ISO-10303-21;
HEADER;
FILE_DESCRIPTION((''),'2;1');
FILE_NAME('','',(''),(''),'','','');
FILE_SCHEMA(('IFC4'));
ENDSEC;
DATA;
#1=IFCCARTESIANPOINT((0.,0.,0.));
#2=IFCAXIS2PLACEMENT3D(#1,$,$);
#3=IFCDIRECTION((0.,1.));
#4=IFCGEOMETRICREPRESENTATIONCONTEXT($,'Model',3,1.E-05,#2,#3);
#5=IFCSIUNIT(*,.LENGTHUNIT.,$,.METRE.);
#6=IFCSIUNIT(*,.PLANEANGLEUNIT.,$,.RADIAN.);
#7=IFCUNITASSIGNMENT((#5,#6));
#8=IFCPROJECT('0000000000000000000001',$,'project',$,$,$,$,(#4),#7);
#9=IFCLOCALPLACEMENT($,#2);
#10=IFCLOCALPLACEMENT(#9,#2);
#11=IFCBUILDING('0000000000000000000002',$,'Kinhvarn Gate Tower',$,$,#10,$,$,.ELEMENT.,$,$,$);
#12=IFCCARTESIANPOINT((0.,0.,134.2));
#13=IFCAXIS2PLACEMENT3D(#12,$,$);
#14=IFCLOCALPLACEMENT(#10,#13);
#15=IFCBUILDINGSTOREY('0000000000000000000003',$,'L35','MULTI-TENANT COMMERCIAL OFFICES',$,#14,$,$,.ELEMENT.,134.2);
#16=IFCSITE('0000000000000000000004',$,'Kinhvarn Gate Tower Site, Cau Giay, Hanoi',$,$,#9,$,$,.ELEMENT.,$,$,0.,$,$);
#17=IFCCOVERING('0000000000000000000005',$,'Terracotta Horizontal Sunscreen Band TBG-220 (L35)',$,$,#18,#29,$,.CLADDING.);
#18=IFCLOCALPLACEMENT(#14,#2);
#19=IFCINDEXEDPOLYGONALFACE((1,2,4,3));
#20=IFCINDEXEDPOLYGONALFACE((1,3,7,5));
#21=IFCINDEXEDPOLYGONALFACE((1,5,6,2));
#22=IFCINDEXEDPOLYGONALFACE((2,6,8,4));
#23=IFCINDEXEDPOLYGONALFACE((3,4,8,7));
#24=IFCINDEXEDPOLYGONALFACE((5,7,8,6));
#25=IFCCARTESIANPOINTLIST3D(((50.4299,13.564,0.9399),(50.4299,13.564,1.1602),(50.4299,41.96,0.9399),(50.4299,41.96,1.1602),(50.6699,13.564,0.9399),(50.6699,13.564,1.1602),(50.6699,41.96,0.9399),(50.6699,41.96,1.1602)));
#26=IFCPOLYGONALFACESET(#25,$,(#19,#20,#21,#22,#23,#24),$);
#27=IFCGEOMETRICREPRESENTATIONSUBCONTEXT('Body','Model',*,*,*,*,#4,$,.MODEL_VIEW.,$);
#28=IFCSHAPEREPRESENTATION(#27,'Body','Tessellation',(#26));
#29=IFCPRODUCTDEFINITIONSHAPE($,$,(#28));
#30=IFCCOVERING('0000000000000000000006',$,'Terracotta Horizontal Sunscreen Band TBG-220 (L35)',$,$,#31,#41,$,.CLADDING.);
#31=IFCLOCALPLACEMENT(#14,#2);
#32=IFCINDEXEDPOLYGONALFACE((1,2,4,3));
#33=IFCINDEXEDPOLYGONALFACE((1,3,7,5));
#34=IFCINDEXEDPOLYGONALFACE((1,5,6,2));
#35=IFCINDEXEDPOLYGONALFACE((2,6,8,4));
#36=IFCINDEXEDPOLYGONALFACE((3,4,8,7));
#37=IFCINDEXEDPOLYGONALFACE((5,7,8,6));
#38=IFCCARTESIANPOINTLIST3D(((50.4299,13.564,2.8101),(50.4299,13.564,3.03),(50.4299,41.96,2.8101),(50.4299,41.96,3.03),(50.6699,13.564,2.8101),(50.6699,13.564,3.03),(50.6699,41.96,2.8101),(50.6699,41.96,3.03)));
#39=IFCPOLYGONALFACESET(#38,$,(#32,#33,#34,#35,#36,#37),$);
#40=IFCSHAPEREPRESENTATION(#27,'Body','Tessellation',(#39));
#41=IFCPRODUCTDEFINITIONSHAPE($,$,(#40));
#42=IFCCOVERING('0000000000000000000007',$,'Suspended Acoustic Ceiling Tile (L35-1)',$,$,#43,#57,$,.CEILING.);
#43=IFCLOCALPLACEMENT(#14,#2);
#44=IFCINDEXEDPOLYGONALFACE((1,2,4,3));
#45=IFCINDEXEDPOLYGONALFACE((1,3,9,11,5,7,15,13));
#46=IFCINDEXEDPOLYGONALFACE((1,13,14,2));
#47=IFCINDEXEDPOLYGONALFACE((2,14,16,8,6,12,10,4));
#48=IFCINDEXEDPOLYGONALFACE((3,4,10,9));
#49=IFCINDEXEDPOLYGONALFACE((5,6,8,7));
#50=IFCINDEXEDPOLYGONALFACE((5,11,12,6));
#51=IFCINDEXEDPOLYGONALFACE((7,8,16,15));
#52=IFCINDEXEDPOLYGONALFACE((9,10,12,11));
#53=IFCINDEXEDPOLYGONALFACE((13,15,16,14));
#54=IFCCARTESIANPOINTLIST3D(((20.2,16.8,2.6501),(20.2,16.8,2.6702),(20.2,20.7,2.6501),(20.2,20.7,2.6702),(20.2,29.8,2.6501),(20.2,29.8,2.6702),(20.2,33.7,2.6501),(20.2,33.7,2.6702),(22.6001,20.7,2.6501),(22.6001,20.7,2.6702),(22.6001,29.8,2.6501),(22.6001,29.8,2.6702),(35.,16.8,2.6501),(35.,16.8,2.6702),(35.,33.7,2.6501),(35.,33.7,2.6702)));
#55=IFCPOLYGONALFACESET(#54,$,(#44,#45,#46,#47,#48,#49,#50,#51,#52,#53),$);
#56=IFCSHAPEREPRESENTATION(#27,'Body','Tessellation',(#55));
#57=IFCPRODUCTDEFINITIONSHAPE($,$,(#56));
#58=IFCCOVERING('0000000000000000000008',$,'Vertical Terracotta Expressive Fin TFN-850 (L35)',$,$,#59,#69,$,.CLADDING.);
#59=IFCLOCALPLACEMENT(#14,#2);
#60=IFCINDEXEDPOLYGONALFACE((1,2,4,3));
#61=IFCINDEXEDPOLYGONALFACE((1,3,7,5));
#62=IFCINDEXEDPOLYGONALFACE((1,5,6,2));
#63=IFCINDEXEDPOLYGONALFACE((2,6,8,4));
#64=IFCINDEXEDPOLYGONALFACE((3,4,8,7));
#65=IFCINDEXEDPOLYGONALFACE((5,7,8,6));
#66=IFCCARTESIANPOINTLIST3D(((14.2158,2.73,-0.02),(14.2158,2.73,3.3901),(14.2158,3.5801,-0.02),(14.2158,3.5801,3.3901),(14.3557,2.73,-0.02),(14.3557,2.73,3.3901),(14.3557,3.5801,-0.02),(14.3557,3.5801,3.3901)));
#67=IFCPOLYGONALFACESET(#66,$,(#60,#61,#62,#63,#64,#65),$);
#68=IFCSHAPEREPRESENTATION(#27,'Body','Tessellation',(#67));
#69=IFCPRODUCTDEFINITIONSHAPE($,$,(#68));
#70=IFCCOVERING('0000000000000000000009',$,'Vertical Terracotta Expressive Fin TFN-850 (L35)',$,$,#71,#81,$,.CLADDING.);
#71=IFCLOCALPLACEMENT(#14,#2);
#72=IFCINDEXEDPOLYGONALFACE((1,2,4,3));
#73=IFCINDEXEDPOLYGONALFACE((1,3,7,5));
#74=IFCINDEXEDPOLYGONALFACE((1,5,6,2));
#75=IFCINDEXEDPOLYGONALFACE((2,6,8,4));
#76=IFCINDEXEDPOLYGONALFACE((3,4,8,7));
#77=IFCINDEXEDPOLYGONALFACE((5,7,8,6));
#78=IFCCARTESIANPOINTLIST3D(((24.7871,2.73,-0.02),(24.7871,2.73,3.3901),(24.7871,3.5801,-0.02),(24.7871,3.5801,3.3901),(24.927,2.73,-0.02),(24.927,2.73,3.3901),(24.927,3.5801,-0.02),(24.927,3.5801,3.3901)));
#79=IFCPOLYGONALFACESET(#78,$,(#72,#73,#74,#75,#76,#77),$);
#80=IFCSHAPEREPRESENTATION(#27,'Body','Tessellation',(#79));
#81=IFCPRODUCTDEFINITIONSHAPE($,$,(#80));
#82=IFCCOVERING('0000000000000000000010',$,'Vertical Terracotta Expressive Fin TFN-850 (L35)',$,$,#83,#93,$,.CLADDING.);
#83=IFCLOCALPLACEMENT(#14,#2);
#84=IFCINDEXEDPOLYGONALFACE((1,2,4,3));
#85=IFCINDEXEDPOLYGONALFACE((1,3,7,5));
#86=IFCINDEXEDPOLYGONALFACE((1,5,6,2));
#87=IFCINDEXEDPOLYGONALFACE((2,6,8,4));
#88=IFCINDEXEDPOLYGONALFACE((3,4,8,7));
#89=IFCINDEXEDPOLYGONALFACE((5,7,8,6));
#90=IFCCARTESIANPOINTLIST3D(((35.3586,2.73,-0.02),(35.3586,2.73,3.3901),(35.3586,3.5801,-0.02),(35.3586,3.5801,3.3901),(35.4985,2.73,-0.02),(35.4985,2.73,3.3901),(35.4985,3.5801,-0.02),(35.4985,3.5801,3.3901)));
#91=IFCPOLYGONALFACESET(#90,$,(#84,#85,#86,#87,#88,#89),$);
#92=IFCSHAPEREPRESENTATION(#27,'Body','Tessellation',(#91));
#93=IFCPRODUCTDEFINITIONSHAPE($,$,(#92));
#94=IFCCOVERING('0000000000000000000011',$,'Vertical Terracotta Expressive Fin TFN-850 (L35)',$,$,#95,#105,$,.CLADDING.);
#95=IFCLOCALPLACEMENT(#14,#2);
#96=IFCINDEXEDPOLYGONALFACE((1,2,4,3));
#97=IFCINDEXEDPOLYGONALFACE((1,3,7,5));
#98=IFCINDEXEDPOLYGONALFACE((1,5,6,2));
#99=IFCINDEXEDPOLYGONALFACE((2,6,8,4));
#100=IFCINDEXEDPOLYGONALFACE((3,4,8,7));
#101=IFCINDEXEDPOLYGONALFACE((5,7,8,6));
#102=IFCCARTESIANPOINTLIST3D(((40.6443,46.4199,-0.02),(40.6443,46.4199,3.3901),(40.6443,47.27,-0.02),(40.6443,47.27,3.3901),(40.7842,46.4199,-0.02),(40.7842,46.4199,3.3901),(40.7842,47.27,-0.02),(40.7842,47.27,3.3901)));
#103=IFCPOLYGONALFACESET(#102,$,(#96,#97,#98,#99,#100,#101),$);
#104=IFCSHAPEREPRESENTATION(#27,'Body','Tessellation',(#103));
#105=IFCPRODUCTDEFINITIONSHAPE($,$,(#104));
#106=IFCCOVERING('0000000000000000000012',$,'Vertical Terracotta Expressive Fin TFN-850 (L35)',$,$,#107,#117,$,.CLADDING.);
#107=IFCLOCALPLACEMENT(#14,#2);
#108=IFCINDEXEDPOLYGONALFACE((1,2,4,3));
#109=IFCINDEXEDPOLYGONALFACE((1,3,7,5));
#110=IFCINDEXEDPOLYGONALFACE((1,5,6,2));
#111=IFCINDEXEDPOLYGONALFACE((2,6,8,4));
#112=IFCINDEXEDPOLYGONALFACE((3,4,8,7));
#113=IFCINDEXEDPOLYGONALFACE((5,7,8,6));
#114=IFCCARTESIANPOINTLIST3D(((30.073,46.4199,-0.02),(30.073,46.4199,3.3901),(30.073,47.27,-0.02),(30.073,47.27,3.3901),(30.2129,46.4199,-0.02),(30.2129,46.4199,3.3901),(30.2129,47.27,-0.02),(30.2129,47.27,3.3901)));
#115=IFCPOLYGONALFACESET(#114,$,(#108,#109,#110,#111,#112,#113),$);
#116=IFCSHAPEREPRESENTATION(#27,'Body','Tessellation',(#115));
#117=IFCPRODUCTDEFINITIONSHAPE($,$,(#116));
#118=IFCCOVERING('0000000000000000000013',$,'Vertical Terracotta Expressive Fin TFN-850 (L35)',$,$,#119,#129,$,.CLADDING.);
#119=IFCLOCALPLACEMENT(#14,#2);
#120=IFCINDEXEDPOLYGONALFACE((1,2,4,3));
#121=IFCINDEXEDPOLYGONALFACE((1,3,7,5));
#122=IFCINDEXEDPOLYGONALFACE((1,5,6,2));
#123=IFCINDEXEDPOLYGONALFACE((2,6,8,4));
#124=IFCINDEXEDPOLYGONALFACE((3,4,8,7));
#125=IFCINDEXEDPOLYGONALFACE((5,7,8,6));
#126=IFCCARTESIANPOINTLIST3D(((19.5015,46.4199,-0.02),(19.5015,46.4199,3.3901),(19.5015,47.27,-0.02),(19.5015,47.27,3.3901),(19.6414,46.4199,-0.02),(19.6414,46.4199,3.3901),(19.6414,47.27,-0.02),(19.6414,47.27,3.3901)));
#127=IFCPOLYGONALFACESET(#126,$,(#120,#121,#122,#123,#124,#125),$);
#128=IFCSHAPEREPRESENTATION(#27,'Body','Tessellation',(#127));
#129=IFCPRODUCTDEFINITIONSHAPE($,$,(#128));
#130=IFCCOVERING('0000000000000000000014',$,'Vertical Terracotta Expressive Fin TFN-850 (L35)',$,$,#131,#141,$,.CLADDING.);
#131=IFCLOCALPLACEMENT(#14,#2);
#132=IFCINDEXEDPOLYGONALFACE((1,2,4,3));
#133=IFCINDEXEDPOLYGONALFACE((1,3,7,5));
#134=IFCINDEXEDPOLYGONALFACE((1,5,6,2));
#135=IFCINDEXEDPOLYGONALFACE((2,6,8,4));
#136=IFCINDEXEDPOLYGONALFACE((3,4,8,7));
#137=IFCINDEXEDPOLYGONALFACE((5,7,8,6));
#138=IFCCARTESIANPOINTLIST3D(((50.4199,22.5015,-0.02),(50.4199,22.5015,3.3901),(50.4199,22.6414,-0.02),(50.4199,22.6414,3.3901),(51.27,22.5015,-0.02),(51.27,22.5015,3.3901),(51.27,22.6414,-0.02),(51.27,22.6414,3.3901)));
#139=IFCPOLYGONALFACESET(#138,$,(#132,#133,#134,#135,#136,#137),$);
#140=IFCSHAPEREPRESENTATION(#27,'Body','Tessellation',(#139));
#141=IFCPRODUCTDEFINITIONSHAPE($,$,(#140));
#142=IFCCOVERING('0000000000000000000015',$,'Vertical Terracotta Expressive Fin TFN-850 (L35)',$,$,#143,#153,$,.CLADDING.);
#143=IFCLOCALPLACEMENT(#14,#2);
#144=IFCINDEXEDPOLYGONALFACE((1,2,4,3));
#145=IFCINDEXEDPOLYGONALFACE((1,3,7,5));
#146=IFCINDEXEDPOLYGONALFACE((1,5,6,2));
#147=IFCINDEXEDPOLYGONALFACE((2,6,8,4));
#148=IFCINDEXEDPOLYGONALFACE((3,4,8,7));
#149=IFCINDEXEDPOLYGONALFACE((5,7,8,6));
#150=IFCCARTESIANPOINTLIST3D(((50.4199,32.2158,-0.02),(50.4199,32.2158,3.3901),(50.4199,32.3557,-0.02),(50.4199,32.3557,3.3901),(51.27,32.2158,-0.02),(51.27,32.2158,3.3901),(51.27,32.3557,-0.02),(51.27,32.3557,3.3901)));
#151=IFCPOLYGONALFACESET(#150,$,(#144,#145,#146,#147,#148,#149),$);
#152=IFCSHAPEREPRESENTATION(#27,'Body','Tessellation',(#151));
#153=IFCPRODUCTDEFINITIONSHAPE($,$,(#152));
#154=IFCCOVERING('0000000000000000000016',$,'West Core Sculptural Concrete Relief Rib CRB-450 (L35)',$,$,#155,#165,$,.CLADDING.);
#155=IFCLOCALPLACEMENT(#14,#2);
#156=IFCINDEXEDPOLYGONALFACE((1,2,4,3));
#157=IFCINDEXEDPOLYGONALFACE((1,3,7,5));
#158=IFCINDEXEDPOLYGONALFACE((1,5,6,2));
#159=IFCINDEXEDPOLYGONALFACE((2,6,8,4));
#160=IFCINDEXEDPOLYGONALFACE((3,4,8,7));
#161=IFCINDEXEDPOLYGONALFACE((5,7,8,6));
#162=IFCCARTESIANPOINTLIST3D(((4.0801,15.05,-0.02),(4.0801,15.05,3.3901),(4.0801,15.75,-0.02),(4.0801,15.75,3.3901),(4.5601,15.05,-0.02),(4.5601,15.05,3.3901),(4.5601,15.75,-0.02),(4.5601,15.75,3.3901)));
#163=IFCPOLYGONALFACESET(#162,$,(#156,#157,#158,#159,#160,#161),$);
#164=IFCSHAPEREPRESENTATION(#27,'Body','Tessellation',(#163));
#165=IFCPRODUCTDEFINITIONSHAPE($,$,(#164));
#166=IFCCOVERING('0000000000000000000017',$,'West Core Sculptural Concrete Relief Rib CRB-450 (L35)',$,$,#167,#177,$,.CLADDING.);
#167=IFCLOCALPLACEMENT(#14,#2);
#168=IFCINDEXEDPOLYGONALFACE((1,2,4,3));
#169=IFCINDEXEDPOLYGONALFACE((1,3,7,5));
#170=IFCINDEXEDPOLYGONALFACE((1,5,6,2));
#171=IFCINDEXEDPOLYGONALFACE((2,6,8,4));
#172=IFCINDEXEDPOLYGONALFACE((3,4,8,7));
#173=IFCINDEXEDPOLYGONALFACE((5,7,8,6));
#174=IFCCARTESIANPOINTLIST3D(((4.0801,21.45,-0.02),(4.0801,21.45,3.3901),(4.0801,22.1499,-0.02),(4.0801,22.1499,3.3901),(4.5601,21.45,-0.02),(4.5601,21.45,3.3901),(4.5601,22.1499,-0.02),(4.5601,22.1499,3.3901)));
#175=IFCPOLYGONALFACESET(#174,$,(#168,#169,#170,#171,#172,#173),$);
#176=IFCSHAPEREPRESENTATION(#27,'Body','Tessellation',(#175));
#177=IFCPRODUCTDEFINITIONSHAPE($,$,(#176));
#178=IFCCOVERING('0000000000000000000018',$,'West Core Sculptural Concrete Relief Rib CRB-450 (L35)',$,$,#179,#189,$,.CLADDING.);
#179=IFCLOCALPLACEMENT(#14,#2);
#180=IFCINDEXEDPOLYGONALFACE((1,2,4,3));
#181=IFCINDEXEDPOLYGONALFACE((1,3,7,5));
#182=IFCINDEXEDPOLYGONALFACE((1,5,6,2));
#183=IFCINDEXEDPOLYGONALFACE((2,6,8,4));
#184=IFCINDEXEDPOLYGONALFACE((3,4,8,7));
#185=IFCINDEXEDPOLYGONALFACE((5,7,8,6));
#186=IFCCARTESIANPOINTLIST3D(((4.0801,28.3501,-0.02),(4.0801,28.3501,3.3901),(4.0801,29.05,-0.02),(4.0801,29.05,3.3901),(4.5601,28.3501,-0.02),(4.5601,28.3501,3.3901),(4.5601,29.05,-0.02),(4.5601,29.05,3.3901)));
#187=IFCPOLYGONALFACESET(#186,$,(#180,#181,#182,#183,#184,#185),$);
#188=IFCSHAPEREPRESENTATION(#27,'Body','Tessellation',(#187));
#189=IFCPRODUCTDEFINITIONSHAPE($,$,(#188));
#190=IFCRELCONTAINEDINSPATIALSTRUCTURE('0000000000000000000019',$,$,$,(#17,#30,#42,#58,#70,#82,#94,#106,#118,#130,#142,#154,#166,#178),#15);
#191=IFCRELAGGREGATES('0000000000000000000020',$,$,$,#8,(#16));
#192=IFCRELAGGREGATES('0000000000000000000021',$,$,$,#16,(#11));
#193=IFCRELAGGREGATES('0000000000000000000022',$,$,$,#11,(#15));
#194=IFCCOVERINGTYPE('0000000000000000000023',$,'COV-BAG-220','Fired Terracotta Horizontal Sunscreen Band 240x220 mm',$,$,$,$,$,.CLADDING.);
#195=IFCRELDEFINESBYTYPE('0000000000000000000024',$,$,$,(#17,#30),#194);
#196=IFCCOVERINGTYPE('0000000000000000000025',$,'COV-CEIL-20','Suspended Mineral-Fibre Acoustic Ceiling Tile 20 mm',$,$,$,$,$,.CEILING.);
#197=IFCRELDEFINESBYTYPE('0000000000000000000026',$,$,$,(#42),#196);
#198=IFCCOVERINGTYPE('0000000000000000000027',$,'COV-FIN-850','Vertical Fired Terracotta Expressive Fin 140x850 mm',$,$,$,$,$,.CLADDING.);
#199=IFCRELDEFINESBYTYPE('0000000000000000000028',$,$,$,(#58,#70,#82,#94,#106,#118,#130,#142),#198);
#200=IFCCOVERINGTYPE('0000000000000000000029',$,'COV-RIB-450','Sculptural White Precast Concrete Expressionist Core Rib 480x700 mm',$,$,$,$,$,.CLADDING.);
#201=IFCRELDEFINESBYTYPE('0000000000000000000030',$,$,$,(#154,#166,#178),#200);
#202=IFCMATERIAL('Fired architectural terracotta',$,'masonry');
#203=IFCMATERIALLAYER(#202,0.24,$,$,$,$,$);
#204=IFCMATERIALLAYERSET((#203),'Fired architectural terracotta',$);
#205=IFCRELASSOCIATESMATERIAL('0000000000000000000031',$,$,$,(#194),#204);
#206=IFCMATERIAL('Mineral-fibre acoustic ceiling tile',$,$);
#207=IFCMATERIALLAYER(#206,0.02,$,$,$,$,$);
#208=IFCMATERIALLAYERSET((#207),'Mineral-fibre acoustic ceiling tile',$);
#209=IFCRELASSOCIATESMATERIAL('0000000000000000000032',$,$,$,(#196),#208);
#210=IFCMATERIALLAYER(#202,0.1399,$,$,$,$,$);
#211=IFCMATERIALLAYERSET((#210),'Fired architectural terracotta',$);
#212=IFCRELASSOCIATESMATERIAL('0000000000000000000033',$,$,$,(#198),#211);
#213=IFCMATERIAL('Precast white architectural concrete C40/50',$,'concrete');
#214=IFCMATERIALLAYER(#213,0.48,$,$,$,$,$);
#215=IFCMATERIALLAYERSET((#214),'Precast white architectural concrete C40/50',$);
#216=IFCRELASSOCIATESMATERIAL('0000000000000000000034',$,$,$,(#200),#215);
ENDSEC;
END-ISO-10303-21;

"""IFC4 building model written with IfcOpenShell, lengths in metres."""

from ifc_helpers import new_model, si_unit, direction, frame, origin, place, context, subcontext, project, spatial, polyline, outline, extrude, material, layer, layer_set, type_object, element, save


model = new_model("IFC4")

# Units and contexts
model_context = context("Model", 3, precision=1e-05, world=origin(), true_north=direction((0.0, 1.0)))
body_context = subcontext(model_context, "Body", "Model", "MODEL_VIEW")
ifc_project = project(units=[si_unit("LENGTHUNIT", "METRE"), si_unit("PLANEANGLEUNIT", "RADIAN")], contexts=[model_context])

# Site, building, storey
site_placement = place(None, origin())
site = spatial("IfcSite", under=ifc_project, at=site_placement, Name="Kinhvarn Gate Tower Site, Cau Giay, Hanoi", CompositionType="ELEMENT", RefElevation=0.0)
building_placement = place(site_placement, origin())
building = spatial("IfcBuilding", under=site, at=building_placement, Name="Kinhvarn Gate Tower", CompositionType="ELEMENT")
storey_placement = place(building_placement, frame((0.0, 0.0, 134.2)))
storey = spatial("IfcBuildingStorey", under=building, at=storey_placement, Name="L35", Description="MULTI-TENANT COMMERCIAL OFFICES", CompositionType="ELEMENT", Elevation=134.2)

# Shared definitions
ifc_material_1 = material(Name="Precast white architectural concrete C40/50", Category="concrete")

# Coverings
ifc_material_2 = material(Name="Fired architectural terracotta", Category="masonry")
ifc_layer_1 = layer(ifc_material_2, 0.24)
ifc_layer_set_1 = layer_set([ifc_layer_1], Name="Fired architectural terracotta")
covering_type_1 = type_object("IfcCoveringType", Name="COV-BAG-220", Description="Fired Terracotta Horizontal Sunscreen Band 240x220 mm", PredefinedType="CLADDING", material=ifc_layer_set_1)
covering_1_placement = place(storey_placement, frame((0.0, 0.0, 0.9399)))
element("IfcCovering", 1, at=covering_1_placement, inside=storey, type_object=covering_type_1, Name="Terracotta Horizontal Sunscreen Band TBG-220 (L35)", PredefinedType="CLADDING", context=body_context, shape_type="SweptSolid", body=[
    extrude(outline(polyline([(50.4299, 13.564), (50.4299, 41.96), (50.6699, 41.96), (50.6699, 13.564), (50.4299, 13.564)])), origin(), (0.0, 0.0, 1.0), 0.2202),
])
covering_2_placement = place(storey_placement, frame((0.0, 0.0, 2.8101)))
element("IfcCovering", 2, at=covering_2_placement, inside=storey, type_object=covering_type_1, Name="Terracotta Horizontal Sunscreen Band TBG-220 (L35)", PredefinedType="CLADDING", context=body_context, shape_type="SweptSolid", body=[
    extrude(outline(polyline([(50.4299, 13.564), (50.4299, 41.96), (50.6699, 41.96), (50.6699, 13.564), (50.4299, 13.564)])), origin(), (0.0, 0.0, 1.0), 0.22),
])
ifc_material_3 = material(Name="Mineral-fibre acoustic ceiling tile")
ifc_layer_2 = layer(ifc_material_3, 0.02)
ifc_layer_set_2 = layer_set([ifc_layer_2], Name="Mineral-fibre acoustic ceiling tile")
covering_type_2 = type_object("IfcCoveringType", Name="COV-CEIL-20", Description="Suspended Mineral-Fibre Acoustic Ceiling Tile 20 mm", PredefinedType="CEILING", material=ifc_layer_set_2)
covering_3_placement = place(storey_placement, frame((0.0, 0.0, 2.6501)))
element("IfcCovering", 3, at=covering_3_placement, inside=storey, type_object=covering_type_2, Name="Suspended Acoustic Ceiling Tile (L35-1)", PredefinedType="CEILING", context=body_context, shape_type="SweptSolid", body=[
    extrude(outline(polyline([(35.0, 33.7), (35.0, 16.8), (20.2, 16.8), (20.2, 20.7), (22.6001, 20.7), (22.6001, 29.8), (20.2, 29.8), (20.2, 33.7), (35.0, 33.7)])), origin(), (0.0, 0.0, 1.0), 0.02),
])
ifc_layer_3 = layer(ifc_material_2, 0.1399)
ifc_layer_set_3 = layer_set([ifc_layer_3], Name="Fired architectural terracotta")
covering_type_3 = type_object("IfcCoveringType", Name="COV-FIN-850", Description="Vertical Fired Terracotta Expressive Fin 140x850 mm", PredefinedType="CLADDING", material=ifc_layer_set_3)
covering_4_placement = place(storey_placement, frame((0.0, 0.0, -0.02)))
element("IfcCovering", 4, at=covering_4_placement, inside=storey, type_object=covering_type_3, Name="Vertical Terracotta Expressive Fin TFN-850 (L35)", PredefinedType="CLADDING", context=body_context, shape_type="SweptSolid", body=[
    extrude(outline(polyline([(14.2158, 3.5801), (14.3557, 3.5801), (14.3557, 2.73), (14.2158, 2.73), (14.2158, 3.5801)])), origin(), (0.0, 0.0, 1.0), 3.4102),
])
covering_5_placement = place(storey_placement, frame((0.0, 0.0, -0.02)))
element("IfcCovering", 5, at=covering_5_placement, inside=storey, type_object=covering_type_3, Name="Vertical Terracotta Expressive Fin TFN-850 (L35)", PredefinedType="CLADDING", context=body_context, shape_type="SweptSolid", body=[
    extrude(outline(polyline([(24.7871, 3.5801), (24.927, 3.5801), (24.927, 2.73), (24.7871, 2.73), (24.7871, 3.5801)])), origin(), (0.0, 0.0, 1.0), 3.4102),
])
covering_6_placement = place(storey_placement, frame((0.0, 0.0, -0.02)))
element("IfcCovering", 6, at=covering_6_placement, inside=storey, type_object=covering_type_3, Name="Vertical Terracotta Expressive Fin TFN-850 (L35)", PredefinedType="CLADDING", context=body_context, shape_type="SweptSolid", body=[
    extrude(outline(polyline([(35.3586, 3.5801), (35.4985, 3.5801), (35.4985, 2.73), (35.3586, 2.73), (35.3586, 3.5801)])), origin(), (0.0, 0.0, 1.0), 3.4102),
])
covering_7_placement = place(storey_placement, frame((0.0, 0.0, -0.02)))
element("IfcCovering", 7, at=covering_7_placement, inside=storey, type_object=covering_type_3, Name="Vertical Terracotta Expressive Fin TFN-850 (L35)", PredefinedType="CLADDING", context=body_context, shape_type="SweptSolid", body=[
    extrude(outline(polyline([(40.7842, 46.4199), (40.6443, 46.4199), (40.6443, 47.27), (40.7842, 47.27), (40.7842, 46.4199)])), origin(), (0.0, 0.0, 1.0), 3.4102),
])
covering_8_placement = place(storey_placement, frame((0.0, 0.0, -0.02)))
element("IfcCovering", 8, at=covering_8_placement, inside=storey, type_object=covering_type_3, Name="Vertical Terracotta Expressive Fin TFN-850 (L35)", PredefinedType="CLADDING", context=body_context, shape_type="SweptSolid", body=[
    extrude(outline(polyline([(30.2129, 46.4199), (30.073, 46.4199), (30.073, 47.27), (30.2129, 47.27), (30.2129, 46.4199)])), origin(), (0.0, 0.0, 1.0), 3.4102),
])
covering_9_placement = place(storey_placement, frame((0.0, 0.0, -0.02)))
element("IfcCovering", 9, at=covering_9_placement, inside=storey, type_object=covering_type_3, Name="Vertical Terracotta Expressive Fin TFN-850 (L35)", PredefinedType="CLADDING", context=body_context, shape_type="SweptSolid", body=[
    extrude(outline(polyline([(19.6414, 46.4199), (19.5015, 46.4199), (19.5015, 47.27), (19.6414, 47.27), (19.6414, 46.4199)])), origin(), (0.0, 0.0, 1.0), 3.4102),
])
covering_10_placement = place(storey_placement, frame((0.0, 0.0, -0.02)))
element("IfcCovering", 10, at=covering_10_placement, inside=storey, type_object=covering_type_3, Name="Vertical Terracotta Expressive Fin TFN-850 (L35)", PredefinedType="CLADDING", context=body_context, shape_type="SweptSolid", body=[
    extrude(outline(polyline([(50.4199, 22.5015), (50.4199, 22.6414), (51.27, 22.6414), (51.27, 22.5015), (50.4199, 22.5015)])), origin(), (0.0, 0.0, 1.0), 3.4102),
])
covering_11_placement = place(storey_placement, frame((0.0, 0.0, -0.02)))
element("IfcCovering", 11, at=covering_11_placement, inside=storey, type_object=covering_type_3, Name="Vertical Terracotta Expressive Fin TFN-850 (L35)", PredefinedType="CLADDING", context=body_context, shape_type="SweptSolid", body=[
    extrude(outline(polyline([(50.4199, 32.2158), (50.4199, 32.3557), (51.27, 32.3557), (51.27, 32.2158), (50.4199, 32.2158)])), origin(), (0.0, 0.0, 1.0), 3.4102),
])
ifc_layer_4 = layer(ifc_material_1, 0.48)
ifc_layer_set_4 = layer_set([ifc_layer_4], Name="Precast white architectural concrete C40/50")
covering_type_4 = type_object("IfcCoveringType", Name="COV-RIB-450", Description="Sculptural White Precast Concrete Expressionist Core Rib 480x700 mm", PredefinedType="CLADDING", material=ifc_layer_set_4)
covering_12_placement = place(storey_placement, frame((0.0, 0.0, -0.02)))
element("IfcCovering", 12, at=covering_12_placement, inside=storey, type_object=covering_type_4, Name="West Core Sculptural Concrete Relief Rib CRB-450 (L35)", PredefinedType="CLADDING", context=body_context, shape_type="SweptSolid", body=[
    extrude(outline(polyline([(4.0801, 15.05), (4.5601, 15.05), (4.5601, 15.75), (4.0801, 15.75), (4.0801, 15.05)])), origin(), (0.0, 0.0, 1.0), 3.4102),
])
covering_13_placement = place(storey_placement, frame((0.0, 0.0, -0.02)))
element("IfcCovering", 13, at=covering_13_placement, inside=storey, type_object=covering_type_4, Name="West Core Sculptural Concrete Relief Rib CRB-450 (L35)", PredefinedType="CLADDING", context=body_context, shape_type="SweptSolid", body=[
    extrude(outline(polyline([(4.0801, 21.45), (4.5601, 21.45), (4.5601, 22.1499), (4.0801, 22.1499), (4.0801, 21.45)])), origin(), (0.0, 0.0, 1.0), 3.4102),
])
covering_14_placement = place(storey_placement, frame((0.0, 0.0, -0.02)))
element("IfcCovering", 14, at=covering_14_placement, inside=storey, type_object=covering_type_4, Name="West Core Sculptural Concrete Relief Rib CRB-450 (L35)", PredefinedType="CLADDING", context=body_context, shape_type="SweptSolid", body=[
    extrude(outline(polyline([(4.0801, 28.3501), (4.5601, 28.3501), (4.5601, 29.05), (4.0801, 29.05), (4.0801, 28.3501)])), origin(), (0.0, 0.0, 1.0), 3.4102),
])

save(model, "model.ifc")
